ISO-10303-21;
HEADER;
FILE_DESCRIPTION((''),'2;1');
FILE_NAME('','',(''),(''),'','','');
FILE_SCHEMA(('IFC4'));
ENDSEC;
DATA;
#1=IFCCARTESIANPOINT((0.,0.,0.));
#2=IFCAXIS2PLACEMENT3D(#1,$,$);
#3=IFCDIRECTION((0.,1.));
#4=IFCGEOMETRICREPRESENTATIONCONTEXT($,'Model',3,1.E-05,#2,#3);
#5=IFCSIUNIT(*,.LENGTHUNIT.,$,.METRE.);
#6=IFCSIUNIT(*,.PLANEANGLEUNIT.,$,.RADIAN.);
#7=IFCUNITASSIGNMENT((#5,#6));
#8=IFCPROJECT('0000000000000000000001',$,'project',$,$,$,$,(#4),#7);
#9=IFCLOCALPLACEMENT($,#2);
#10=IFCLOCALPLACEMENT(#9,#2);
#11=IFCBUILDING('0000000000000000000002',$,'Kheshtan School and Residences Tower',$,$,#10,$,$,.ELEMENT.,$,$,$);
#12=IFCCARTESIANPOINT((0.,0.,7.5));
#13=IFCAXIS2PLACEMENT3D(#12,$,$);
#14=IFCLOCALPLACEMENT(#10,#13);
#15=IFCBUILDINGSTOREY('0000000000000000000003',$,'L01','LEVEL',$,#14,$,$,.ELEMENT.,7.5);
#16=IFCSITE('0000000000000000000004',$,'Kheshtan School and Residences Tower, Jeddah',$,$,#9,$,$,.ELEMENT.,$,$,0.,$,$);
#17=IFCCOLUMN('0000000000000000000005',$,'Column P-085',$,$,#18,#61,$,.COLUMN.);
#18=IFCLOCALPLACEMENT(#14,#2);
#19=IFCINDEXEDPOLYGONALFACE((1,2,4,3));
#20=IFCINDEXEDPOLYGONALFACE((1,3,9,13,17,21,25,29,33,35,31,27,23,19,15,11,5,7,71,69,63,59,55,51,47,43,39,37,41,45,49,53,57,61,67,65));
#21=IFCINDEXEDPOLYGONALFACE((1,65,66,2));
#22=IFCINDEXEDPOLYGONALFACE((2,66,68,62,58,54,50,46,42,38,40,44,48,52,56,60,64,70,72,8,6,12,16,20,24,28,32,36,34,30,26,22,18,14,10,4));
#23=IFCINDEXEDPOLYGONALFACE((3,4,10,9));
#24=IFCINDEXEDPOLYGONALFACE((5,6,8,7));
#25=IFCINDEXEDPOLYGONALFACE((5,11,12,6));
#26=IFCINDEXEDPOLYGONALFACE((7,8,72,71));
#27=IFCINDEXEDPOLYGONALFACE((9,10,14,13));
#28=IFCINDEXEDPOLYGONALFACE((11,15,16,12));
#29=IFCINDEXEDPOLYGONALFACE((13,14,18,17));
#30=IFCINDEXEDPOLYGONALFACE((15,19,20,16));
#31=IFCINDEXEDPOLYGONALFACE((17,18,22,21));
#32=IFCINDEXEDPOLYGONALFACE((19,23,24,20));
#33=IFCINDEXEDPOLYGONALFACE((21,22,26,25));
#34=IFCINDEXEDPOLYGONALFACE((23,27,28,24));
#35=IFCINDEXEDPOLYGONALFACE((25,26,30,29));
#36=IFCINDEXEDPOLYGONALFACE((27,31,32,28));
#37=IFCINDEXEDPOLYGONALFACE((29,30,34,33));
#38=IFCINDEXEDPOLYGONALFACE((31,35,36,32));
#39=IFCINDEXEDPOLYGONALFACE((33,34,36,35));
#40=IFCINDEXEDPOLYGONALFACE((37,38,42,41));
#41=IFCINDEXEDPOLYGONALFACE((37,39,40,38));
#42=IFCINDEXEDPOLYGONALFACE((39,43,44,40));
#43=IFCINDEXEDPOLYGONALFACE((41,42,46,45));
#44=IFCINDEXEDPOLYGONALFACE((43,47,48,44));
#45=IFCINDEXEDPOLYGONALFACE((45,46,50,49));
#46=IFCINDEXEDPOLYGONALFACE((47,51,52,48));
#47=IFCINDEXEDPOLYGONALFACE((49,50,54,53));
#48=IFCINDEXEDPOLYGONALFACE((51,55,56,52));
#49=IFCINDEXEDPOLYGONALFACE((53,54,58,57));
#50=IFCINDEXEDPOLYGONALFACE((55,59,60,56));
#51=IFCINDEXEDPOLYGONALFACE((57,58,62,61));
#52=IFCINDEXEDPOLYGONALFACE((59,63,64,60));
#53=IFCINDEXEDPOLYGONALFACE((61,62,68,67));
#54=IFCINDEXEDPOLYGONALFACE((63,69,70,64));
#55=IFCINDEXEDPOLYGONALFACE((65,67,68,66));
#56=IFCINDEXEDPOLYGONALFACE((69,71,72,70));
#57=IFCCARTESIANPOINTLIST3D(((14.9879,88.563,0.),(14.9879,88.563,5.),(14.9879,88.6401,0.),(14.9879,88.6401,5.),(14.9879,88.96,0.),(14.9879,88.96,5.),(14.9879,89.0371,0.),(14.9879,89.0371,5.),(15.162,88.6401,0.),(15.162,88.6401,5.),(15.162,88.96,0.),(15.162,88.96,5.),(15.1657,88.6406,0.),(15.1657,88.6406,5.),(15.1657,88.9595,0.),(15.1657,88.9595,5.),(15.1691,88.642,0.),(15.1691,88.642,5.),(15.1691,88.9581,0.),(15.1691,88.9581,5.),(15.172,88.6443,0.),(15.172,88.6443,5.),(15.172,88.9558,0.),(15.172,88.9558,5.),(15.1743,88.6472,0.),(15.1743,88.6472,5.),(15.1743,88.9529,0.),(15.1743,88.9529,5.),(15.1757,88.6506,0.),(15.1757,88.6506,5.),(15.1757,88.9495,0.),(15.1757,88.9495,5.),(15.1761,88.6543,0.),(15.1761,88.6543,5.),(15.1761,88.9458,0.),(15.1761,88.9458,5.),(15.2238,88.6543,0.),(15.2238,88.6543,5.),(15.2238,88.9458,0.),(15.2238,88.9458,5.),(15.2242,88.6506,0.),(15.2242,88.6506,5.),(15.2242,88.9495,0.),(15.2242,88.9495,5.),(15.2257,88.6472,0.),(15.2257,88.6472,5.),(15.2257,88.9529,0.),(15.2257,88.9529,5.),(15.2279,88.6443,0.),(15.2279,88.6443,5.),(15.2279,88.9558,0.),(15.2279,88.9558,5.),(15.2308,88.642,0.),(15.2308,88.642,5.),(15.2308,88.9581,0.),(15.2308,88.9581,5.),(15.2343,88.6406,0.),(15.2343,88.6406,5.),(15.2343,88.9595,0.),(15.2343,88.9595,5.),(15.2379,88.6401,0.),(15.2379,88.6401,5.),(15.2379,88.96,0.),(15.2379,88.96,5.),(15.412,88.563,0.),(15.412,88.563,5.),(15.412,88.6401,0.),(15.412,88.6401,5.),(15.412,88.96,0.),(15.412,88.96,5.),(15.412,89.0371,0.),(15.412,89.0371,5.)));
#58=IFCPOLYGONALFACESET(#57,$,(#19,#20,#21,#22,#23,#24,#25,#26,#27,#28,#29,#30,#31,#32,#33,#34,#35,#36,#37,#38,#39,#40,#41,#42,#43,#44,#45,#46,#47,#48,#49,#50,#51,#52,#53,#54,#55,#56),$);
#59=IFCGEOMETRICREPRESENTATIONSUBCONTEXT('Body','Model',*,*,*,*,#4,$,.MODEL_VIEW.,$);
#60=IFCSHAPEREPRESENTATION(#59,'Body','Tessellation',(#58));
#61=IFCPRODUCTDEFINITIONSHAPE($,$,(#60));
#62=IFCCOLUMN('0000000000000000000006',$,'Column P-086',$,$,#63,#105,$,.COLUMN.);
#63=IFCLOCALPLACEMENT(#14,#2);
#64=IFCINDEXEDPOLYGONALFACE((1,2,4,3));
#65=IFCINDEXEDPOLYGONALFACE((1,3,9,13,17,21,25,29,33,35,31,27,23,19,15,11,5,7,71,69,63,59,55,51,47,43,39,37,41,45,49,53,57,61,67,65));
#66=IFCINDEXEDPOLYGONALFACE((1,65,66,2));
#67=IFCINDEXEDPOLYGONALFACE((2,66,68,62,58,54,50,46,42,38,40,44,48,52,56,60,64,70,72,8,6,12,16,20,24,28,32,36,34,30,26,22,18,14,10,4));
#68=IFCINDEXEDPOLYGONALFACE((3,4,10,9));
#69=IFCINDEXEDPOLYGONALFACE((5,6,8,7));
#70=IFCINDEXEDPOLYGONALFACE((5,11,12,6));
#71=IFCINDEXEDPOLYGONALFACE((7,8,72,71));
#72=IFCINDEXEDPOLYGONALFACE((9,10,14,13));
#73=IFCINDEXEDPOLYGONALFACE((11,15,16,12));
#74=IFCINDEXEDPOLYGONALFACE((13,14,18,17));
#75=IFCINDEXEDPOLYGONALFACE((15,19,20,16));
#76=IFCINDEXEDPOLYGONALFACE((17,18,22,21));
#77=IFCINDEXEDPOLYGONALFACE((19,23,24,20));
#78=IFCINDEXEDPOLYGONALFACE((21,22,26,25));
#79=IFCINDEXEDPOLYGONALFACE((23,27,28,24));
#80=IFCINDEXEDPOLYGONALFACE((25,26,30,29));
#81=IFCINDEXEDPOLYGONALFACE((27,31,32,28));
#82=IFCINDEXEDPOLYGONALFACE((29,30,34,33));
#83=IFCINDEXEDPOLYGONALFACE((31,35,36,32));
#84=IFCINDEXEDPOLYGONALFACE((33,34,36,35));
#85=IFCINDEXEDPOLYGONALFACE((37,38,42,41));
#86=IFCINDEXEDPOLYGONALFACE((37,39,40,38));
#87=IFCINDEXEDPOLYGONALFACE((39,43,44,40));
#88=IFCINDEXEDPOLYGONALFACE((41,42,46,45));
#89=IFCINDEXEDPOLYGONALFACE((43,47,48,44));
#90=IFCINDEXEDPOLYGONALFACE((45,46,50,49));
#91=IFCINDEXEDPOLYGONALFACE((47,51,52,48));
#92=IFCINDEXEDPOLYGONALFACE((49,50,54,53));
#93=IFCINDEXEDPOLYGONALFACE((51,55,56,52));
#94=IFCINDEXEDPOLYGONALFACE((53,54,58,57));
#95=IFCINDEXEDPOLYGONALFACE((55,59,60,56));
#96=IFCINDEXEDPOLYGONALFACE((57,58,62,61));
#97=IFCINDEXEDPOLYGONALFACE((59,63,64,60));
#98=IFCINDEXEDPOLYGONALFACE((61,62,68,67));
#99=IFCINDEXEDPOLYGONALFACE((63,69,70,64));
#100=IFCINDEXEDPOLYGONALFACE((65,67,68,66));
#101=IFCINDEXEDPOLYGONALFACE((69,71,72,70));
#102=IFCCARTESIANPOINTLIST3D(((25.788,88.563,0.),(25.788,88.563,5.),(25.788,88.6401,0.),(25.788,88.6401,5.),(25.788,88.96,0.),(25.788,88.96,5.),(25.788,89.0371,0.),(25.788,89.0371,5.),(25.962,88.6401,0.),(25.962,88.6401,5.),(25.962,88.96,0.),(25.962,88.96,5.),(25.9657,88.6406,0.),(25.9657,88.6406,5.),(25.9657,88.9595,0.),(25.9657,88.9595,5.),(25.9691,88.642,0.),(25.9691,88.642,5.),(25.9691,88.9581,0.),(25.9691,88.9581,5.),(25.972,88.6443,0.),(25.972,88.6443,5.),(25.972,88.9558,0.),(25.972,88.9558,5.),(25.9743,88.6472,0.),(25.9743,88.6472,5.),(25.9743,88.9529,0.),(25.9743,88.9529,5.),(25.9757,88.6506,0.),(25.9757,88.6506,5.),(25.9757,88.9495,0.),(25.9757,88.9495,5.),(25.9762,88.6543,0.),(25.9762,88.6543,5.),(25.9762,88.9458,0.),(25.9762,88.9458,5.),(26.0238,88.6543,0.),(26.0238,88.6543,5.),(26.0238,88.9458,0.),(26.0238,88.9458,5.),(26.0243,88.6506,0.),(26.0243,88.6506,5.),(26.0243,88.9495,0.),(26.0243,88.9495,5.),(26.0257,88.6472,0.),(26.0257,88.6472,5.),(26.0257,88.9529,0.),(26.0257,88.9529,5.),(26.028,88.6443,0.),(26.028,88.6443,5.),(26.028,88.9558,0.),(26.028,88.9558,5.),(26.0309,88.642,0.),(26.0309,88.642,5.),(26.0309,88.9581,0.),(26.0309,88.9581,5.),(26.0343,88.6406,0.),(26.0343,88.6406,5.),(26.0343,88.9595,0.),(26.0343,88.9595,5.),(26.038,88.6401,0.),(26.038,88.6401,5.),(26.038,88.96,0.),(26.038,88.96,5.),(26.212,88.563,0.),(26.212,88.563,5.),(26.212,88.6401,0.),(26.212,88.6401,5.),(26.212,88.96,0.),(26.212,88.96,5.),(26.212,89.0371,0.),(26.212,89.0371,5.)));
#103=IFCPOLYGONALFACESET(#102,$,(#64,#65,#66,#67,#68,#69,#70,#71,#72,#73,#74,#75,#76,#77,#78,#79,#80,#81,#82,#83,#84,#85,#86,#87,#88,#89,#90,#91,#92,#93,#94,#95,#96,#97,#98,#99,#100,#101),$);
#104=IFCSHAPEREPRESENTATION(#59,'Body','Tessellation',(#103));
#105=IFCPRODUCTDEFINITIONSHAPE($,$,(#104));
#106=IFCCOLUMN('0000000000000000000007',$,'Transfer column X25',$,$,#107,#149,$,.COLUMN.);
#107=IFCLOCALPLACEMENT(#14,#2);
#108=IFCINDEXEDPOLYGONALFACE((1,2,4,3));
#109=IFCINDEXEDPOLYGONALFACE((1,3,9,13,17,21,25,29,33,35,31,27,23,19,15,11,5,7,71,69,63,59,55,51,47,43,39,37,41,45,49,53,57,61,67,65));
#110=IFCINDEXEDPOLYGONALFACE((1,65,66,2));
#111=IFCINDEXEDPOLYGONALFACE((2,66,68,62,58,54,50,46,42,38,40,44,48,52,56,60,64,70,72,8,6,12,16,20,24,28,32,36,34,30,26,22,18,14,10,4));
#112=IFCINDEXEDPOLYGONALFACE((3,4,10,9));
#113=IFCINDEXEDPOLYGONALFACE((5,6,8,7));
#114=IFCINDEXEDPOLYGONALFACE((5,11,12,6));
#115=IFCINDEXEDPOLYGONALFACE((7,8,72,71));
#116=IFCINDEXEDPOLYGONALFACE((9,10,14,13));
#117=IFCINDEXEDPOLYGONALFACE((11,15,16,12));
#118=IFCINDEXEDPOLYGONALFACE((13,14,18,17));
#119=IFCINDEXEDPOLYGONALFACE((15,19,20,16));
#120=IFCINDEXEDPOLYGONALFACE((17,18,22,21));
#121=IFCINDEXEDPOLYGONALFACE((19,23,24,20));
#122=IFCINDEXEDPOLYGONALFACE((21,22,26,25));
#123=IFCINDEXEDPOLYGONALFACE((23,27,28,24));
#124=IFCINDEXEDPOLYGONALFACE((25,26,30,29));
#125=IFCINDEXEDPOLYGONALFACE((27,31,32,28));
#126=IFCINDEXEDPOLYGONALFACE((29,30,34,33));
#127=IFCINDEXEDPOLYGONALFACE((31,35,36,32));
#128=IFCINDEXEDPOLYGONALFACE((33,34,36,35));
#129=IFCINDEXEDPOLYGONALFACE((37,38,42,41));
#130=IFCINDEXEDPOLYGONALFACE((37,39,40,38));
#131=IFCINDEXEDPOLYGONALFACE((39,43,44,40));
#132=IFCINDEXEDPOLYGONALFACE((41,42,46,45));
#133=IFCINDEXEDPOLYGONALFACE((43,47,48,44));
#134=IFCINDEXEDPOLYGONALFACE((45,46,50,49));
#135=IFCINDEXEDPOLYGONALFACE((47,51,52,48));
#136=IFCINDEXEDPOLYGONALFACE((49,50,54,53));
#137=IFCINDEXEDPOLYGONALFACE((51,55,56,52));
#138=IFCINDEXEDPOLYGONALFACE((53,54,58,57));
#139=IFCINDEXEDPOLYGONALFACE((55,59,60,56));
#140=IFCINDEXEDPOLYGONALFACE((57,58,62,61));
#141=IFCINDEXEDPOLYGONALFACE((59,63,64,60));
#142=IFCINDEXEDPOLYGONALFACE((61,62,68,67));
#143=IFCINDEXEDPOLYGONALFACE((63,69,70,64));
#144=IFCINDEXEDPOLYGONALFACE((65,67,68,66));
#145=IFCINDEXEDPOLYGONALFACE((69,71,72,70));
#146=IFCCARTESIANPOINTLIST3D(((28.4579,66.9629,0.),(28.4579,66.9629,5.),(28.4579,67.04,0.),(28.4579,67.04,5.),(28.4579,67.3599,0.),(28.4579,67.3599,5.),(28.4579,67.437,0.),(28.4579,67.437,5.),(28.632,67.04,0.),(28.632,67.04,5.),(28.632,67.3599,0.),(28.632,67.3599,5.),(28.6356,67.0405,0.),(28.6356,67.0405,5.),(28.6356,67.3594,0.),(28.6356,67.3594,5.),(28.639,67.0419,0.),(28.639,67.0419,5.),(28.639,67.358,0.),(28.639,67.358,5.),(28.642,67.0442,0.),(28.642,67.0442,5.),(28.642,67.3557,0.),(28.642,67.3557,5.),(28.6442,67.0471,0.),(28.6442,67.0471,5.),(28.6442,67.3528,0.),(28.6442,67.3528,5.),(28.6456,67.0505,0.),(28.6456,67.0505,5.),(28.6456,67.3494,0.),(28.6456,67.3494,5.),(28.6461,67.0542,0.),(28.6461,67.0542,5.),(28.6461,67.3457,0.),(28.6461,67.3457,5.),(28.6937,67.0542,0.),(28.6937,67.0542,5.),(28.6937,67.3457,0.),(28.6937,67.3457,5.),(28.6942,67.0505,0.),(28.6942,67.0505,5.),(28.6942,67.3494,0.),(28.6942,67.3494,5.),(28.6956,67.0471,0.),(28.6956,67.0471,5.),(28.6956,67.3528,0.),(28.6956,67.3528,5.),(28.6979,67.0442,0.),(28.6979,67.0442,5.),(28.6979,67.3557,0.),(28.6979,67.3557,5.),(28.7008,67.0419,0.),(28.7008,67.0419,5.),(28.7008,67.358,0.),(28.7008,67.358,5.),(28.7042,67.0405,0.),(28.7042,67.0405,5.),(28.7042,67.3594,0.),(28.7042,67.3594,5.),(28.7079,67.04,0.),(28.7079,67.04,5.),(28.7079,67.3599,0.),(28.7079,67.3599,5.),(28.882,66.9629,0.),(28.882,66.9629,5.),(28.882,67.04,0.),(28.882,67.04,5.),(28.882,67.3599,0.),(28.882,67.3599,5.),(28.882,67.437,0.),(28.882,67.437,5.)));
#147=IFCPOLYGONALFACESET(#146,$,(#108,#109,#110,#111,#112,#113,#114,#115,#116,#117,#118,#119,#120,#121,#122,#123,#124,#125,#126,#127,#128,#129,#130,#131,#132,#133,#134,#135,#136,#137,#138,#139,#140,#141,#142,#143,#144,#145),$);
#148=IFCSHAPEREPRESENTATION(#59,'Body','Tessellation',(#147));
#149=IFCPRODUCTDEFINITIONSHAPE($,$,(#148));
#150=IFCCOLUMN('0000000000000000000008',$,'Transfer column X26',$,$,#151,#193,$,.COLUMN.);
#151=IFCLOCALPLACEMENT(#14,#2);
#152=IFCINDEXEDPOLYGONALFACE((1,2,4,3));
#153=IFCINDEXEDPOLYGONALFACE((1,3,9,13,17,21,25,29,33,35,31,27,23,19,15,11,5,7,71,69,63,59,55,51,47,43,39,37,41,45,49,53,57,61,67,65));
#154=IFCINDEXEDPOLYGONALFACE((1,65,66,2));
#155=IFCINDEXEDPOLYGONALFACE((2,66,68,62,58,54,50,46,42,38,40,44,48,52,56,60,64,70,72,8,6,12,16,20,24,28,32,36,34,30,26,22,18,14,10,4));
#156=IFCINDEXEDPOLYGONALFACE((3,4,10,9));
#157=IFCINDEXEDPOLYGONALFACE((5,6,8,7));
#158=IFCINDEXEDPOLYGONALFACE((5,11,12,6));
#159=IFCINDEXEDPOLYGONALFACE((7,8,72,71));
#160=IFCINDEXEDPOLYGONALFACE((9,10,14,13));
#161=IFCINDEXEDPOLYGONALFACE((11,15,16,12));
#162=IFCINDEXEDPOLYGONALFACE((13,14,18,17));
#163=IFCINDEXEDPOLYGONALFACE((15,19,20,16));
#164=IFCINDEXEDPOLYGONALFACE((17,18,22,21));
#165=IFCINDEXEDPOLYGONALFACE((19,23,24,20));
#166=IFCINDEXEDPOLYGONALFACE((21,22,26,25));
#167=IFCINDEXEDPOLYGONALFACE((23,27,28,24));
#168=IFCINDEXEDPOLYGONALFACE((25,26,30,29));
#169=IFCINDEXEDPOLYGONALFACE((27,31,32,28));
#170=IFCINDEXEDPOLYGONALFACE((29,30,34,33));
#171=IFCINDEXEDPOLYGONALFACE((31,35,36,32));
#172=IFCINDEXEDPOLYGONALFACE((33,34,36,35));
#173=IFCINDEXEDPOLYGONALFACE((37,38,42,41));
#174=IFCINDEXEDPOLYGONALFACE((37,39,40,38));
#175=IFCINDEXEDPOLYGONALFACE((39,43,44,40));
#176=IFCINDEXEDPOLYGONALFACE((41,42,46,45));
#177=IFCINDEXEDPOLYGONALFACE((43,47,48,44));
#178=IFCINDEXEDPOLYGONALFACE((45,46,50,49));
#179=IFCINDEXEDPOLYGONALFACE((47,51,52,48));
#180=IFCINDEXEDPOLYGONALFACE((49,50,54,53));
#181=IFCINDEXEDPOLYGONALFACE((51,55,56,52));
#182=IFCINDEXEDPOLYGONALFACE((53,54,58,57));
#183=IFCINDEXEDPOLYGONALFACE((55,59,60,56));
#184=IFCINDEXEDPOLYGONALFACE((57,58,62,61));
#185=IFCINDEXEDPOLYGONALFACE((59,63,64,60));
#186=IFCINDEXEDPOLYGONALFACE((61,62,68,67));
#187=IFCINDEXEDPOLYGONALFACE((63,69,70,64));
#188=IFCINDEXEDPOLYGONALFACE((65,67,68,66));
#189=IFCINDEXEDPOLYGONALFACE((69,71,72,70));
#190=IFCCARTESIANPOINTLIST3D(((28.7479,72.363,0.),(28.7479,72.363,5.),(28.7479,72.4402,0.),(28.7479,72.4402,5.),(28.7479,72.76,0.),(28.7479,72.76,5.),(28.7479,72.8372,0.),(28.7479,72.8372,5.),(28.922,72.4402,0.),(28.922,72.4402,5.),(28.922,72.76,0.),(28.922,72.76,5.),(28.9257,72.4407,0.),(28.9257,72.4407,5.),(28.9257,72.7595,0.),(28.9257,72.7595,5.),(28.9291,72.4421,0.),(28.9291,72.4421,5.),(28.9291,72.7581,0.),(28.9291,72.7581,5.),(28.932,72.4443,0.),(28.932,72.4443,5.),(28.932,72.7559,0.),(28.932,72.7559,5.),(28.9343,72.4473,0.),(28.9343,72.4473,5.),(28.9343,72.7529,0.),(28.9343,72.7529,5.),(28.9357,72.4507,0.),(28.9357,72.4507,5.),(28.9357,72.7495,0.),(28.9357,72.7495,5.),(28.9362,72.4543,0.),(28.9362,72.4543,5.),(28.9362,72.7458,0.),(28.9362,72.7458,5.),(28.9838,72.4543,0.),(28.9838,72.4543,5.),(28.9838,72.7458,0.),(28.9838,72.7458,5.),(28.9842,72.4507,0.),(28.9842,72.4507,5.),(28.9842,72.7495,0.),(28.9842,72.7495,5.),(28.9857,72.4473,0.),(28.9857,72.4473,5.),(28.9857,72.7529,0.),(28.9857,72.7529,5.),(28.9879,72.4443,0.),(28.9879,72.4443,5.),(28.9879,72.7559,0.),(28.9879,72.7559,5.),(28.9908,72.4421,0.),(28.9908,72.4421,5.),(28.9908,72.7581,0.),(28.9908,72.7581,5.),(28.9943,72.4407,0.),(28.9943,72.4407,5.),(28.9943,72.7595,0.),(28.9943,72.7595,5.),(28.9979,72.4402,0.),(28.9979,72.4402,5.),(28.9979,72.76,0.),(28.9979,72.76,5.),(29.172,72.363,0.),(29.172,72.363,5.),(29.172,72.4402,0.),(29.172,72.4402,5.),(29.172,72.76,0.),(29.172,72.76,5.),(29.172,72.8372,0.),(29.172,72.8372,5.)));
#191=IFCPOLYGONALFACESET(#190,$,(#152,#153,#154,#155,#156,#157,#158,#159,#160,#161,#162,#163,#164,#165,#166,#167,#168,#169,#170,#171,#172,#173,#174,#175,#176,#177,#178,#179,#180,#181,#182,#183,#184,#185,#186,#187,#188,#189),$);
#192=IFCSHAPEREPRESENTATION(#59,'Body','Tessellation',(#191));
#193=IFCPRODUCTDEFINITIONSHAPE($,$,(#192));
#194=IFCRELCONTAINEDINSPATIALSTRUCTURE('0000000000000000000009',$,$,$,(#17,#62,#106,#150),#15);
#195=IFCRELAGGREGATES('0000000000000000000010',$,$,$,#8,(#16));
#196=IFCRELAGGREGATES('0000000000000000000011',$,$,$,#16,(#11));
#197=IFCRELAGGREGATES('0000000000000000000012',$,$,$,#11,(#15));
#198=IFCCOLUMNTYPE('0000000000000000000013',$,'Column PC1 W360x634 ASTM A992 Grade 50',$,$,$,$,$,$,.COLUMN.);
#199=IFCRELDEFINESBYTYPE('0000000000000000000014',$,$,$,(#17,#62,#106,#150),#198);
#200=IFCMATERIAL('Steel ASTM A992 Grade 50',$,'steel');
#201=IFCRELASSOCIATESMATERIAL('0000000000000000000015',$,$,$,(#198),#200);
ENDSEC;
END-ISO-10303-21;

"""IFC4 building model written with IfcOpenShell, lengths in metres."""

from ifc_helpers import new_model, si_unit, direction, frame, origin, origin_2d, place, context, subcontext, project, spatial, i_section, extrude, material, material_profile, profile_set, type_object, element, save


model = new_model("IFC4")

# Units and contexts
model_context = context("Model", 3, precision=1e-05, world=origin(), true_north=direction((0.0, 1.0)))
body_context = subcontext(model_context, "Body", "Model", "MODEL_VIEW")
ifc_project = project(units=[si_unit("LENGTHUNIT", "METRE"), si_unit("PLANEANGLEUNIT", "RADIAN")], contexts=[model_context])

# Site, building, storey
site_placement = place(None, origin())
site = spatial("IfcSite", under=ifc_project, at=site_placement, Name="Kheshtan School and Residences Tower, Jeddah", CompositionType="ELEMENT", RefElevation=0.0)
building_placement = place(site_placement, origin())
building = spatial("IfcBuilding", under=site, at=building_placement, Name="Kheshtan School and Residences Tower", CompositionType="ELEMENT")
storey_placement = place(building_placement, frame((0.0, 0.0, 7.5)))
storey = spatial("IfcBuildingStorey", under=building, at=storey_placement, Name="L01", Description="LEVEL", CompositionType="ELEMENT", Elevation=7.5)

# Columns
ifc_material_1 = material(Name="Steel ASTM A992 Grade 50", Category="steel")
ifc_material_profile_1 = material_profile(ifc_material_1, i_section(OverallWidth=0.4241, OverallDepth=0.4741, WebThickness=0.0476, FlangeThickness=0.0771, FilletRadius=0.0142, at=origin_2d()), Name="W360x634")
ifc_profile_set_1 = profile_set([ifc_material_profile_1], Name="Steel ASTM A992 Grade 50")
column_type = type_object("IfcColumnType", Name="Column PC1 W360x634 ASTM A992 Grade 50", PredefinedType="COLUMN", material=ifc_profile_set_1)
for number, where, z_axis, x_axis, name in (
    (1, (15.2, 88.8, 0.0), (0.0, 0.0, 1.0), (1.0, 0.0, 0.0), "Column P-085"),
    (2, (26.0, 88.8, 0.0), (0.0, 0.0, 1.0), (1.0, 0.0, 0.0), "Column P-086"),
    (3, (28.6699, 67.2, 0.0), (0.0, 0.0, 1.0), (1.0, 0.0, 0.0), "Transfer column X25"),
    (4, (28.96, 72.6001, 0.0), (0.0, 0.0, 1.0), (1.0, 0.0, 0.0), "Transfer column X26"),
):
    element("IfcColumn", number, at=place(storey_placement, frame(where, z_axis=z_axis, x_axis=x_axis)), inside=storey, type_object=column_type, Name=name, PredefinedType="COLUMN", context=body_context, shape_type="SweptSolid", body=[
        extrude(i_section(OverallWidth=0.4241, OverallDepth=0.4741, WebThickness=0.0476, FlangeThickness=0.0771, FilletRadius=0.0142, at=origin_2d()), origin(), (0.0, 0.0, 1.0), 5.0),
    ])

save(model, "model.ifc")
